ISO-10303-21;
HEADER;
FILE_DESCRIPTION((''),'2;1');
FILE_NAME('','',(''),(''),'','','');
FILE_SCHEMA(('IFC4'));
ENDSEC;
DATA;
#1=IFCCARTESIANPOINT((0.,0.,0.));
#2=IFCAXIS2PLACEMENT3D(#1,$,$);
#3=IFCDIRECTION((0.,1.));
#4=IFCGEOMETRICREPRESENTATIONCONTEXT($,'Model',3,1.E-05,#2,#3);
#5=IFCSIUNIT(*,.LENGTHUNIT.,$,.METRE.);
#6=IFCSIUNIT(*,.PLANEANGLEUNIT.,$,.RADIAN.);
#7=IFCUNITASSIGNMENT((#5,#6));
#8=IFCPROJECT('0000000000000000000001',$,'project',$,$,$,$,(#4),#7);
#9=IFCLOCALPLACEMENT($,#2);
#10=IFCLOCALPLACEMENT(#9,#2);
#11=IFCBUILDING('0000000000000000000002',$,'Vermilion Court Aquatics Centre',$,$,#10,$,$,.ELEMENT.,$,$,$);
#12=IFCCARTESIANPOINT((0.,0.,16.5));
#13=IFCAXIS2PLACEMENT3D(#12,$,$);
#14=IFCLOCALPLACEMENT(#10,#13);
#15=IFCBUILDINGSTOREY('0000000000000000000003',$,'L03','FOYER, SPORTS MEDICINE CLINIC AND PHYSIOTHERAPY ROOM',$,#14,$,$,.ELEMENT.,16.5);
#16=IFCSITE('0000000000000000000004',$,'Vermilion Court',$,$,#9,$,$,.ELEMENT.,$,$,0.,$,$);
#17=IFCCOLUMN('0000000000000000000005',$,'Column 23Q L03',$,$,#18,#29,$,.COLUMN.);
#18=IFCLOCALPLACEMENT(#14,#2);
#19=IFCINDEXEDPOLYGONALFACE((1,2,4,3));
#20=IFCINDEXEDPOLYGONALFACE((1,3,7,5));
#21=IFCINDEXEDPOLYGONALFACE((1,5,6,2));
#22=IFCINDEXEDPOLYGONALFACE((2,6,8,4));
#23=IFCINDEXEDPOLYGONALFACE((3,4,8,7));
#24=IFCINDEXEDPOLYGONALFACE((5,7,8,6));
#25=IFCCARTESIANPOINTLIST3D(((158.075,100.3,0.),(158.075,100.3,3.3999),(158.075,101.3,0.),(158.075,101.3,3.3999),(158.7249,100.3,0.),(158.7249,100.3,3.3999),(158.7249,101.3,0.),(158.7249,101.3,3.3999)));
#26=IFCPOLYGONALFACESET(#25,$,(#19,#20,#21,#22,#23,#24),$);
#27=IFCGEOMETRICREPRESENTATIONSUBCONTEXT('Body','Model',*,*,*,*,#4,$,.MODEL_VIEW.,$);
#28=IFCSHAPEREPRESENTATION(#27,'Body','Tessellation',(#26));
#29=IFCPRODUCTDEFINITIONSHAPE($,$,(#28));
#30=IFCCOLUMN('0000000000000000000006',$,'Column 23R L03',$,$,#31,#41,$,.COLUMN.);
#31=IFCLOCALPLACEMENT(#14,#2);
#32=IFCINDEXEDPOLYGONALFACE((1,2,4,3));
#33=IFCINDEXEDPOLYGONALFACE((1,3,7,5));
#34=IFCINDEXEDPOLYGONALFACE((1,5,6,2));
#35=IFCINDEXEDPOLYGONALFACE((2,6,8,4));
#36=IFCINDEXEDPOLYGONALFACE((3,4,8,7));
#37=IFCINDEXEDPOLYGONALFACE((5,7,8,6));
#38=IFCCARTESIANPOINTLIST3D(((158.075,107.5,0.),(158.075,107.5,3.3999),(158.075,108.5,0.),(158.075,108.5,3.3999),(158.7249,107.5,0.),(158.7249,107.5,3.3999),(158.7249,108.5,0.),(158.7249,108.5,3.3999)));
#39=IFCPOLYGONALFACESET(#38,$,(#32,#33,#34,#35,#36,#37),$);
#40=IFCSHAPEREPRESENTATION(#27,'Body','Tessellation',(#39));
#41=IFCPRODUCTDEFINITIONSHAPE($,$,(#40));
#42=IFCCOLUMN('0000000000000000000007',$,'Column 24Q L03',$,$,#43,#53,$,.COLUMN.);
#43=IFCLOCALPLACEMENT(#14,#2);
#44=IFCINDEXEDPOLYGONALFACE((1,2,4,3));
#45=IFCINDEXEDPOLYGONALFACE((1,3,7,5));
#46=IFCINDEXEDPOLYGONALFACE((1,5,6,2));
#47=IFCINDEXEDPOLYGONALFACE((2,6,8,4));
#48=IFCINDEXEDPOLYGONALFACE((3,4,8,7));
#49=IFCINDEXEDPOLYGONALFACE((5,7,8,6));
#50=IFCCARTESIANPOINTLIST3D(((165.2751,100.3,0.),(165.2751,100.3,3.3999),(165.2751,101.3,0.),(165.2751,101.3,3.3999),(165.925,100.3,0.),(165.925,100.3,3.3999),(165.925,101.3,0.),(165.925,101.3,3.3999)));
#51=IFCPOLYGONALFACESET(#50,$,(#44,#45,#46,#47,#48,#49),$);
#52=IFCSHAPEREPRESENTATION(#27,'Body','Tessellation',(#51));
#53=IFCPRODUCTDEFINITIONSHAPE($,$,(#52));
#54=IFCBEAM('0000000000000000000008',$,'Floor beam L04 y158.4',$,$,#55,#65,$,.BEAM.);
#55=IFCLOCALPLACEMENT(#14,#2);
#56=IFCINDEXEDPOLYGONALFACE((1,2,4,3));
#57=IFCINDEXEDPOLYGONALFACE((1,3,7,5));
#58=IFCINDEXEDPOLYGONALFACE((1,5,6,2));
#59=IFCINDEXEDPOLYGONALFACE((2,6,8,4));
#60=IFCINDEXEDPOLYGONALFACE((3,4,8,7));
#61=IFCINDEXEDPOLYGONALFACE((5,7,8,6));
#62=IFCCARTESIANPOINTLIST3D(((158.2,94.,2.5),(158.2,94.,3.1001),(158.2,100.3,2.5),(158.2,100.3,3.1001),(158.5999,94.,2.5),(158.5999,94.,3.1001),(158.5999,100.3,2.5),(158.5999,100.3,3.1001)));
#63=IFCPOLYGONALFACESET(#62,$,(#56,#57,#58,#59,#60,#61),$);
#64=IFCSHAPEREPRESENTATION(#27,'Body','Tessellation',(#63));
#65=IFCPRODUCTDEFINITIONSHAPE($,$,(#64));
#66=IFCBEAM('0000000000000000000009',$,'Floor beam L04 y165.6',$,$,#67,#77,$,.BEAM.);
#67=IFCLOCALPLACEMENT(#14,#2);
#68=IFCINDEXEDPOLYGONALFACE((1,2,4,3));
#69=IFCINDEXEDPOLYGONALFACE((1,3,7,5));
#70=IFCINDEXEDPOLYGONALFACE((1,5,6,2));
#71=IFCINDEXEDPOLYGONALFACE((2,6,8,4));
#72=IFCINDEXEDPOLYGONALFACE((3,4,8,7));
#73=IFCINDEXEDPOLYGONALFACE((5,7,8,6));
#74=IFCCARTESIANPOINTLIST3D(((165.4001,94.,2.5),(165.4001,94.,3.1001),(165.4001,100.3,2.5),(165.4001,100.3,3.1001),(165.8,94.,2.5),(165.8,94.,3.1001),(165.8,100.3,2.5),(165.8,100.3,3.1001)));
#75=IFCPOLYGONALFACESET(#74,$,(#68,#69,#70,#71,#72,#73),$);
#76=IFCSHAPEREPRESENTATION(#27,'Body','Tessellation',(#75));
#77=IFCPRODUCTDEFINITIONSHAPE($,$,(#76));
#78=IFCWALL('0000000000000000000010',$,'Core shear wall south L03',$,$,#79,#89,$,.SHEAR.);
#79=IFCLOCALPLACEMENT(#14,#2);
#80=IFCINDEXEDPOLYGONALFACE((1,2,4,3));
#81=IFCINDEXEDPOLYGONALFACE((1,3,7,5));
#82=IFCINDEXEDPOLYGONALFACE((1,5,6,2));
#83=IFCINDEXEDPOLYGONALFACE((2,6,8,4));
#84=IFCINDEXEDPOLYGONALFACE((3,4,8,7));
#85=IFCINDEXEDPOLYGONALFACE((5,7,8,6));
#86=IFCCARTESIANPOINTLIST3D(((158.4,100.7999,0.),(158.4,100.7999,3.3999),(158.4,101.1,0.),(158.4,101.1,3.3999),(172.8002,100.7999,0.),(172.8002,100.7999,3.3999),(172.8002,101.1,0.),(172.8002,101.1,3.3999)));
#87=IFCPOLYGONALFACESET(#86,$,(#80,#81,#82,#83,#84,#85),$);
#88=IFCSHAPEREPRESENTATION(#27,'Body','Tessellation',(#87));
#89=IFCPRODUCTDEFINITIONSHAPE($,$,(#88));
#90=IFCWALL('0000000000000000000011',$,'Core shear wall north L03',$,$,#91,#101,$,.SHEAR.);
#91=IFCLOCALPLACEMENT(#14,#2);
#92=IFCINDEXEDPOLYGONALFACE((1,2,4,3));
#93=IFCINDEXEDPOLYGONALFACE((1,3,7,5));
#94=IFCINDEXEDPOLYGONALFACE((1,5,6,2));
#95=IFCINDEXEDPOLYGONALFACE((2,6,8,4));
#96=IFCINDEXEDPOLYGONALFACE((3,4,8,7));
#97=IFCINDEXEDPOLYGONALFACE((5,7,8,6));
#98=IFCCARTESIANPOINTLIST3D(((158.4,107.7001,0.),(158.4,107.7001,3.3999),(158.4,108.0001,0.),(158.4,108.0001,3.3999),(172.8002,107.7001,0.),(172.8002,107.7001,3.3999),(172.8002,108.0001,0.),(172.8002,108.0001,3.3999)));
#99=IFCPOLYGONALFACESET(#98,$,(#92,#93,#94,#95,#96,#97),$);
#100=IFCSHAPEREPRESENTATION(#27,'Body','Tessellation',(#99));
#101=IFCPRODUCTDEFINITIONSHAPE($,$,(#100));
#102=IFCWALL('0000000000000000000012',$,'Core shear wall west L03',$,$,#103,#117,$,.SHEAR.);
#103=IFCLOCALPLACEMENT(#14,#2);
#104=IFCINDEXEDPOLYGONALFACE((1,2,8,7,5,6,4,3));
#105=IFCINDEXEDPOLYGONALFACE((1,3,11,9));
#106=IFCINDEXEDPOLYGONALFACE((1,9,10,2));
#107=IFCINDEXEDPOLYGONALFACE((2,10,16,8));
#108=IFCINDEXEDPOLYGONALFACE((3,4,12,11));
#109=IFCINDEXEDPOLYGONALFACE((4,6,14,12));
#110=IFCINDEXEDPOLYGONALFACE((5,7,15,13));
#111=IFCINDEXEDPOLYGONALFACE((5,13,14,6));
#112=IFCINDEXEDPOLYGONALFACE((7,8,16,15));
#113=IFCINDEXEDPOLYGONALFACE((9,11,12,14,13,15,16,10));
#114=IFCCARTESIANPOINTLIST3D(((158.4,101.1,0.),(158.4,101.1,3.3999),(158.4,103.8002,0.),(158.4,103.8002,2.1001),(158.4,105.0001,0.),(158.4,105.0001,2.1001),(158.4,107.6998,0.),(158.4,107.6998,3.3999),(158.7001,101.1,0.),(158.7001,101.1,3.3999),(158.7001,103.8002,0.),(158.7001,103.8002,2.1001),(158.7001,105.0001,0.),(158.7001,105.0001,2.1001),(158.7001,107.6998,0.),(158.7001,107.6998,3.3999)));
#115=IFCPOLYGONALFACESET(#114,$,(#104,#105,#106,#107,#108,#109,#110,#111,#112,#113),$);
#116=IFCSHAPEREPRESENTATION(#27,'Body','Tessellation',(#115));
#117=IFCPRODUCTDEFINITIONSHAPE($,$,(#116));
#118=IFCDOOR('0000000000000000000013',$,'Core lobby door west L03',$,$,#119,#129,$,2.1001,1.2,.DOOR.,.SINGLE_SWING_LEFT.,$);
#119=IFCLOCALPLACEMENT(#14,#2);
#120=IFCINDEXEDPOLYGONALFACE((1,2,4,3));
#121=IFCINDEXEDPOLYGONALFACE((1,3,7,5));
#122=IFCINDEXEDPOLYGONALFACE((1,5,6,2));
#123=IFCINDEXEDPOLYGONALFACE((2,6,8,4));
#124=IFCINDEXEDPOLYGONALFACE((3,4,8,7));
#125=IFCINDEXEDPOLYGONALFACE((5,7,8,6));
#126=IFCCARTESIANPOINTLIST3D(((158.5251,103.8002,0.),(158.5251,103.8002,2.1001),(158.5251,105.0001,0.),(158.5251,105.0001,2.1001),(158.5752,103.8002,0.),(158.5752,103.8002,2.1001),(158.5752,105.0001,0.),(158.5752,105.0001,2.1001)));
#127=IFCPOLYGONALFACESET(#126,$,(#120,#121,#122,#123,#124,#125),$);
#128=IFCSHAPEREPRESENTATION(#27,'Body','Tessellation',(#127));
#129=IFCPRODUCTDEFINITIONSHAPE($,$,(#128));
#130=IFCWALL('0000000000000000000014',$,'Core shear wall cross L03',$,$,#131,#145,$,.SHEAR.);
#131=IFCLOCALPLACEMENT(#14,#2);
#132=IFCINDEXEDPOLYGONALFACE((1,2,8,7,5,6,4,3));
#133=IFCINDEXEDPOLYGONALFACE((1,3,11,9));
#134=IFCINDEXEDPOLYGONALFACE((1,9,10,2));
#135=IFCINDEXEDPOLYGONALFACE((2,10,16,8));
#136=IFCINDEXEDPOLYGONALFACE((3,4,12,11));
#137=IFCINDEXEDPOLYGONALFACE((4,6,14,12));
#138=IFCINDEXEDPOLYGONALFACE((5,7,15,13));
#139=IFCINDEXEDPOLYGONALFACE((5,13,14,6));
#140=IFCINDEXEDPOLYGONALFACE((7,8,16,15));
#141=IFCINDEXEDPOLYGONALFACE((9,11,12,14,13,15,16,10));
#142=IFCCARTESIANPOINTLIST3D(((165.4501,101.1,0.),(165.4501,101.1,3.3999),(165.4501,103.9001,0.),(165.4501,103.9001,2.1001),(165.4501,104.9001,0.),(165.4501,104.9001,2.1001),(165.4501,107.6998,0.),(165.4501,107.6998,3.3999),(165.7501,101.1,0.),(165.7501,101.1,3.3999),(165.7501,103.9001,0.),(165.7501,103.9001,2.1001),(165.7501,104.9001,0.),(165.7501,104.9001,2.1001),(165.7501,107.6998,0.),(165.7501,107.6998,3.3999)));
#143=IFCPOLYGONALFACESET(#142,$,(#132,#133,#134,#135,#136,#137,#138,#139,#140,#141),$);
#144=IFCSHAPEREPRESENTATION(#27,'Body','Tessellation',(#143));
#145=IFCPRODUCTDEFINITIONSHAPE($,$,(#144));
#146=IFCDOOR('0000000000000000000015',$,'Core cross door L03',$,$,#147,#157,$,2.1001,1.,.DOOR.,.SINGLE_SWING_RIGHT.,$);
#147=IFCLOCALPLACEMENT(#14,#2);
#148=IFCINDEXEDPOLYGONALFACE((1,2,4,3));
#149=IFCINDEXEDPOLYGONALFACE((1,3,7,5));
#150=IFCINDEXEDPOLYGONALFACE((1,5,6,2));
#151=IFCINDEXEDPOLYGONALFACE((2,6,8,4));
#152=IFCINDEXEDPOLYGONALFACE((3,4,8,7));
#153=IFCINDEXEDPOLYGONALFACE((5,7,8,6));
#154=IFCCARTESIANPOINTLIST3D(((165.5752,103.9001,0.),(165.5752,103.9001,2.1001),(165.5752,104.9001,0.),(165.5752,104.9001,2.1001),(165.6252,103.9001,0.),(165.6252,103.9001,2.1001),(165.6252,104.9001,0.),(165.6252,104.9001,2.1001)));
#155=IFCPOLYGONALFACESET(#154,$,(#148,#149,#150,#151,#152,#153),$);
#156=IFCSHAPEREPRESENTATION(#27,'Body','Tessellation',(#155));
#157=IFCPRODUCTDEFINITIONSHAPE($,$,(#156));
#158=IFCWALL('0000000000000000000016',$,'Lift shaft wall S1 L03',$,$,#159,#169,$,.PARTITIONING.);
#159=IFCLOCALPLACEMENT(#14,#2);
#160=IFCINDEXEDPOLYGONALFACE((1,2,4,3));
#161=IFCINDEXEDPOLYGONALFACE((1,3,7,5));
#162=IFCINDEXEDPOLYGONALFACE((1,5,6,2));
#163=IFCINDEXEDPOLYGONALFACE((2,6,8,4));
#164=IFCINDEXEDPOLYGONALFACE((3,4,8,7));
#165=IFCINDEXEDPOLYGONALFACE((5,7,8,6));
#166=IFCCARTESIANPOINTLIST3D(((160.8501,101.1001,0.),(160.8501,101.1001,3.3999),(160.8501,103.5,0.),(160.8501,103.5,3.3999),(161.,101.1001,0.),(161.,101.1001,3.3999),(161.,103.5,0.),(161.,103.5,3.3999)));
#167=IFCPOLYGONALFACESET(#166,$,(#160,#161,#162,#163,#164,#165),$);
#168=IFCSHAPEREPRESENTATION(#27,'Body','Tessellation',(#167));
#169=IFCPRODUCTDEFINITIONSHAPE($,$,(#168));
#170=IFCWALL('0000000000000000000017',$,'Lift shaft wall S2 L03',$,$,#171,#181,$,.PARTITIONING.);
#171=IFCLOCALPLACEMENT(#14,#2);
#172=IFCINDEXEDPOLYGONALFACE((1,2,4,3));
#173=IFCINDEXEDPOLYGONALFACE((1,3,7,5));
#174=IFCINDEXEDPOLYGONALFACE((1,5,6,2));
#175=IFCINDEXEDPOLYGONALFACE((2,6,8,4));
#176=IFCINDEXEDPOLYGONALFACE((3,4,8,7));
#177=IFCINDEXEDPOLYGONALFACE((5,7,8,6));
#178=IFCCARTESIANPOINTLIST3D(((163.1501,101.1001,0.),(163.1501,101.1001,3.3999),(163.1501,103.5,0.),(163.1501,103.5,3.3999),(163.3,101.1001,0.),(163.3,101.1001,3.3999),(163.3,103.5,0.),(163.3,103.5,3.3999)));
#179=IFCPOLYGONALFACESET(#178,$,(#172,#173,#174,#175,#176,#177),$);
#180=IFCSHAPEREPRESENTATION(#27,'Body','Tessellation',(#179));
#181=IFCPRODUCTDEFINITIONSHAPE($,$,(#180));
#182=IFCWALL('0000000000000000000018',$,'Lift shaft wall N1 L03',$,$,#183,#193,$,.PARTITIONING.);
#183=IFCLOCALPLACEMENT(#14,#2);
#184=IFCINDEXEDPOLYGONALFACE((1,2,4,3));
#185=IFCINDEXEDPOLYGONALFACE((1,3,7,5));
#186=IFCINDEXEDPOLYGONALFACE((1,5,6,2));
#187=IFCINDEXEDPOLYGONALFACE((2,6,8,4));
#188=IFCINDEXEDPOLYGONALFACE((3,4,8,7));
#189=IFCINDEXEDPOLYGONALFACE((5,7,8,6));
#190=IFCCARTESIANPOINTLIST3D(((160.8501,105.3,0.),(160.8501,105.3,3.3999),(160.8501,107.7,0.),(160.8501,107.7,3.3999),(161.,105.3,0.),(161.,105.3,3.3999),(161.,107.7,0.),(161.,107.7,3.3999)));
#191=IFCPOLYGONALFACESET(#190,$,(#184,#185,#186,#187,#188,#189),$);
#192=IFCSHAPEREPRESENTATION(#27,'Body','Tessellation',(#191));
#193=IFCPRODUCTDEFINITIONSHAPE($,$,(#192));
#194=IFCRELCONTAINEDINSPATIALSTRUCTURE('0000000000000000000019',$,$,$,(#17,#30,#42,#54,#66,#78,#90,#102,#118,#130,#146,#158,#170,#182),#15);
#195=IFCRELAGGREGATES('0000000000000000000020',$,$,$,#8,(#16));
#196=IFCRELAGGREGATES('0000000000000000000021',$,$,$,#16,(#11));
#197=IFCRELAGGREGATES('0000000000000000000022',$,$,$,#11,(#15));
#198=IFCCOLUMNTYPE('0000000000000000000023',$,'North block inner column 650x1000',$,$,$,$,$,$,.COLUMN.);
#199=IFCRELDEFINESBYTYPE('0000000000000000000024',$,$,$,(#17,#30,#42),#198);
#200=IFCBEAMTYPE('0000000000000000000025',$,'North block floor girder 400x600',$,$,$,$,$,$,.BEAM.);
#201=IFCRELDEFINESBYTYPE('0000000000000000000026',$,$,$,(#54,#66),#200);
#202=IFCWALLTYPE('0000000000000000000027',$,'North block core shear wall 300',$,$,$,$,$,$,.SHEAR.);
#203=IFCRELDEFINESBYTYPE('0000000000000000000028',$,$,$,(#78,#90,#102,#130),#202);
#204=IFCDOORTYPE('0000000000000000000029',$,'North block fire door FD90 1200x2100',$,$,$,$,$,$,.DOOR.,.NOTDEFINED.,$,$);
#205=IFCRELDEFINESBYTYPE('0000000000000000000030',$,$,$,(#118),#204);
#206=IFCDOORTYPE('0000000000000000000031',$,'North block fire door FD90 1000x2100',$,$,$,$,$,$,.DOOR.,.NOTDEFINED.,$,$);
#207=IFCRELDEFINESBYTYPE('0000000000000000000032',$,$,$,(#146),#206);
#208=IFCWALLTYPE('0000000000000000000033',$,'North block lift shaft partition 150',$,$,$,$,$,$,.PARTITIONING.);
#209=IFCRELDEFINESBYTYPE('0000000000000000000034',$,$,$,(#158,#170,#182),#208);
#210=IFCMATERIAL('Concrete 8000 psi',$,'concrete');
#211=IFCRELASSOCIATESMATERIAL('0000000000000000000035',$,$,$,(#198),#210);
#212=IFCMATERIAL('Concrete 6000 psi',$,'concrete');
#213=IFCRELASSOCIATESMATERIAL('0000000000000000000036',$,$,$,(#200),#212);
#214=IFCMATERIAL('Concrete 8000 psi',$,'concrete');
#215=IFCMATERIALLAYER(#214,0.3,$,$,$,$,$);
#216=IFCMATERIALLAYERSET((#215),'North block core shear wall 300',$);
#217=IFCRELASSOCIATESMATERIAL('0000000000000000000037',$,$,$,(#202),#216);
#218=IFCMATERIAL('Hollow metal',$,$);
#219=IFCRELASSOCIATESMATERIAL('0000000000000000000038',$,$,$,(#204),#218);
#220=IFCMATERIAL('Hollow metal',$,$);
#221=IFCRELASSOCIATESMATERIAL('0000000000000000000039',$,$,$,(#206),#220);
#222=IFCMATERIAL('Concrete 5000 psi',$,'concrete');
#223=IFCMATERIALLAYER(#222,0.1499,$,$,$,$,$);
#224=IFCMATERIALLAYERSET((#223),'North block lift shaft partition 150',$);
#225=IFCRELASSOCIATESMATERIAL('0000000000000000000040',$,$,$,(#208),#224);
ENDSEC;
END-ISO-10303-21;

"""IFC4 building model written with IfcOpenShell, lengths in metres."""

from ifc_helpers import new_model, si_unit, direction, frame, frame_2d, origin, origin_2d, place, context, subcontext, project, spatial, rectangle, extrude, material, layer, layer_set, material_profile, profile_set, type_object, element, fill, save


model = new_model("IFC4")

# Units and contexts
model_context = context("Model", 3, precision=1e-05, world=origin(), true_north=direction((0.0, 1.0)))
body_context = subcontext(model_context, "Body", "Model", "MODEL_VIEW")
ifc_project = project(units=[si_unit("LENGTHUNIT", "METRE"), si_unit("PLANEANGLEUNIT", "RADIAN")], contexts=[model_context])

# Site, building, storey
site_placement = place(None, origin())
site = spatial("IfcSite", under=ifc_project, at=site_placement, Name="Vermilion Court", CompositionType="ELEMENT", RefElevation=0.0)
building_placement = place(site_placement, origin())
building = spatial("IfcBuilding", under=site, at=building_placement, Name="Vermilion Court Aquatics Centre", CompositionType="ELEMENT")
storey_placement = place(building_placement, frame((0.0, 0.0, 16.5)))
storey = spatial("IfcBuildingStorey", under=building, at=storey_placement, Name="L03", Description="FOYER, SPORTS MEDICINE CLINIC AND PHYSIOTHERAPY ROOM", CompositionType="ELEMENT", Elevation=16.5)

# Columns
ifc_material_1 = material(Name="Concrete 8000 psi", Category="concrete")
ifc_material_profile_1 = material_profile(ifc_material_1, rectangle(XDim=0.6499, YDim=1.0, at=origin_2d()), Name="RC 650x1000")
ifc_profile_set_1 = profile_set([ifc_material_profile_1], Name="Concrete 8000 psi")
column_type = type_object("IfcColumnType", Name="North block inner column 650x1000", PredefinedType="COLUMN", material=ifc_profile_set_1)
for number, where, z_axis, x_axis, name in (
    (1, (158.3999, 100.8, 0.0), (0.0, 0.0, 1.0), (1.0, 0.0, 0.0), "Column 23Q L03"),
    (2, (158.3999, 108.0, 0.0), (0.0, 0.0, 1.0), (1.0, 0.0, 0.0), "Column 23R L03"),
    (3, (165.6001, 100.8, 0.0), (0.0, 0.0, 1.0), (1.0, 0.0, 0.0), "Column 24Q L03"),
):
    element("IfcColumn", number, at=place(storey_placement, frame(where, z_axis=z_axis, x_axis=x_axis)), inside=storey, type_object=column_type, Name=name, PredefinedType="COLUMN", context=body_context, shape_type="SweptSolid", body=[
        extrude(rectangle(XDim=0.6499, YDim=1.0, at=origin_2d()), origin(), (0.0, 0.0, 1.0), 3.3999),
    ])

# Beams
ifc_material_2 = material(Name="Concrete 6000 psi", Category="concrete")
ifc_material_profile_2 = material_profile(ifc_material_2, rectangle(XDim=0.3999, YDim=0.6001, at=origin_2d()), Name="RC 400x600")
ifc_profile_set_2 = profile_set([ifc_material_profile_2], Name="Concrete 6000 psi")
beam_type = type_object("IfcBeamType", Name="North block floor girder 400x600", PredefinedType="BEAM", material=ifc_profile_set_2)
for number, where, z_axis, x_axis, name in (
    (4, (158.3999, 94.0, 2.8), (0.0, 1.0, 0.0), (-1.0, 0.0, 0.0), "Floor beam L04 y158.4"),
    (5, (165.6001, 94.0, 2.8), (0.0, 1.0, 0.0), (-1.0, 0.0, 0.0), "Floor beam L04 y165.6"),
):
    element("IfcBeam", number, at=place(storey_placement, frame(where, z_axis=z_axis, x_axis=x_axis)), inside=storey, type_object=beam_type, Name=name, PredefinedType="BEAM", context=body_context, shape_type="SweptSolid", body=[
        extrude(rectangle(XDim=0.3999, YDim=0.6001, at=origin_2d()), origin(), (0.0, 0.0, 1.0), 6.3),
    ])

# Walls
ifc_material_3 = material(Name="Concrete 8000 psi", Category="concrete")
ifc_layer_1 = layer(ifc_material_3, 0.3)
ifc_layer_set_1 = layer_set([ifc_layer_1], Name="North block core shear wall 300")
wall_type_1 = type_object("IfcWallType", Name="North block core shear wall 300", PredefinedType="SHEAR", material=ifc_layer_set_1)
for number, where, z_axis, x_axis, name in (
    (6, (158.3999, 100.95, 0.0), (0.0, 0.0, 1.0), (1.0, 0.0, 0.0), "Core shear wall south L03"),
    (7, (158.3999, 107.8501, 0.0), (0.0, 0.0, 1.0), (1.0, 0.0, 0.0), "Core shear wall north L03"),
):
    element("IfcWall", number, at=place(storey_placement, frame(where, z_axis=z_axis, x_axis=x_axis)), inside=storey, type_object=wall_type_1, Name=name, PredefinedType="SHEAR", context=body_context, shape_type="SweptSolid", body=[
        extrude(rectangle(XDim=14.4001, YDim=0.3, at=frame_2d((7.2002, 0.0))), origin(), (0.0, 0.0, 1.0), 3.3999),
    ])

# Walls, openings, doors
wall_1_placement = place(storey_placement, frame((158.55, 101.1001, 0.0), z_axis=(0.0, 0.0, 1.0), x_axis=(0.0, 1.0, 0.0)))
wall_1 = element("IfcWall", 8, at=wall_1_placement, inside=storey, type_object=wall_type_1, Name="Core shear wall west L03", PredefinedType="SHEAR", context=body_context, shape_type="SweptSolid", body=[
    extrude(rectangle(XDim=6.5999, YDim=0.3, at=frame_2d((3.2998, 0.0))), origin(), (0.0, 0.0, 1.0), 3.3999),
])
opening_1_placement = place(wall_1_placement, frame((2.7, 0.0, 0.0)))
opening_1 = element("IfcOpeningElement", 9, at=opening_1_placement, cuts=wall_1, PredefinedType="OPENING", context=body_context, shape_type="SweptSolid", body=[
    extrude(rectangle(XDim=1.2, YDim=2.1001, at=frame_2d((0.6001, 1.05))), frame((0.0, 0.1599, 0.0), z_axis=(0.0, -1.0, 0.0), x_axis=(1.0, 0.0, 0.0)), (0.0, 0.0, 1.0), 0.3201),
])
ifc_material_4 = material(Name="Hollow metal")
door_type_1 = type_object("IfcDoorType", Name="North block fire door FD90 1200x2100", OperationType="NOTDEFINED", PredefinedType="DOOR", material=ifc_material_4)
door_1_placement = place(opening_1_placement, origin())
door_1 = element("IfcDoor", 10, at=door_1_placement, inside=storey, type_object=door_type_1, Name="Core lobby door west L03", OperationType="SINGLE_SWING_LEFT", OverallHeight=2.1001, OverallWidth=1.2, PredefinedType="DOOR", context=body_context, shape_type="SweptSolid", body=[
    extrude(rectangle(XDim=1.2, YDim=2.1001, at=frame_2d((0.6001, 1.05))), frame((0.0, 0.0249, 0.0), z_axis=(0.0, -1.0, 0.0), x_axis=(1.0, 0.0, 0.0)), (0.0, 0.0, 1.0), 0.05),
])
fill(opening_1, door_1)
wall_2_placement = place(storey_placement, frame((165.6001, 101.1001, 0.0), z_axis=(0.0, 0.0, 1.0), x_axis=(0.0, 1.0, 0.0)))
wall_2 = element("IfcWall", 11, at=wall_2_placement, inside=storey, type_object=wall_type_1, Name="Core shear wall cross L03", PredefinedType="SHEAR", context=body_context, shape_type="SweptSolid", body=[
    extrude(rectangle(XDim=6.5999, YDim=0.3, at=frame_2d((3.2998, 0.0))), origin(), (0.0, 0.0, 1.0), 3.3999),
])
opening_2_placement = place(wall_2_placement, frame((2.8, 0.0, 0.0)))
opening_2 = element("IfcOpeningElement", 12, at=opening_2_placement, cuts=wall_2, PredefinedType="OPENING", context=body_context, shape_type="SweptSolid", body=[
    extrude(rectangle(XDim=1.0, YDim=2.1001, at=frame_2d((0.5, 1.05))), frame((0.0, 0.1599, 0.0), z_axis=(0.0, -1.0, 0.0), x_axis=(1.0, 0.0, 0.0)), (0.0, 0.0, 1.0), 0.3201),
])
ifc_material_5 = material(Name="Hollow metal")
door_type_2 = type_object("IfcDoorType", Name="North block fire door FD90 1000x2100", OperationType="NOTDEFINED", PredefinedType="DOOR", material=ifc_material_5)
door_2_placement = place(opening_2_placement, frame((1.0, 0.0, 0.0), z_axis=(0.0, 0.0, 1.0), x_axis=(-1.0, 0.0, 0.0)))
door_2 = element("IfcDoor", 13, at=door_2_placement, inside=storey, type_object=door_type_2, Name="Core cross door L03", OperationType="SINGLE_SWING_RIGHT", OverallHeight=2.1001, OverallWidth=1.0, PredefinedType="DOOR", context=body_context, shape_type="SweptSolid", body=[
    extrude(rectangle(XDim=1.0, YDim=2.1001, at=frame_2d((0.5, 1.05))), frame((0.0, 0.0251, 0.0), z_axis=(0.0, -1.0, 0.0), x_axis=(1.0, 0.0, 0.0)), (0.0, 0.0, 1.0), 0.05),
])
fill(opening_2, door_2)

# Walls
ifc_material_6 = material(Name="Concrete 5000 psi", Category="concrete")
ifc_layer_2 = layer(ifc_material_6, 0.1499)
ifc_layer_set_2 = layer_set([ifc_layer_2], Name="North block lift shaft partition 150")
wall_type_2 = type_object("IfcWallType", Name="North block lift shaft partition 150", PredefinedType="PARTITIONING", material=ifc_layer_set_2)
for number, where, z_axis, x_axis, name in (
    (14, (160.925, 101.1001, 0.0), (0.0, 0.0, 1.0), (0.0, 1.0, 0.0), "Lift shaft wall S1 L03"),
    (15, (163.2251, 101.1001, 0.0), (0.0, 0.0, 1.0), (0.0, 1.0, 0.0), "Lift shaft wall S2 L03"),
    (16, (160.925, 105.3, 0.0), (0.0, 0.0, 1.0), (0.0, 1.0, 0.0), "Lift shaft wall N1 L03"),
):
    element("IfcWall", number, at=place(storey_placement, frame(where, z_axis=z_axis, x_axis=x_axis)), inside=storey, type_object=wall_type_2, Name=name, PredefinedType="PARTITIONING", context=body_context, shape_type="SweptSolid", body=[
        extrude(rectangle(XDim=2.3999, YDim=0.1499, at=frame_2d((1.2, 0.0))), origin(), (0.0, 0.0, 1.0), 3.3999),
    ])

save(model, "model.ifc")
